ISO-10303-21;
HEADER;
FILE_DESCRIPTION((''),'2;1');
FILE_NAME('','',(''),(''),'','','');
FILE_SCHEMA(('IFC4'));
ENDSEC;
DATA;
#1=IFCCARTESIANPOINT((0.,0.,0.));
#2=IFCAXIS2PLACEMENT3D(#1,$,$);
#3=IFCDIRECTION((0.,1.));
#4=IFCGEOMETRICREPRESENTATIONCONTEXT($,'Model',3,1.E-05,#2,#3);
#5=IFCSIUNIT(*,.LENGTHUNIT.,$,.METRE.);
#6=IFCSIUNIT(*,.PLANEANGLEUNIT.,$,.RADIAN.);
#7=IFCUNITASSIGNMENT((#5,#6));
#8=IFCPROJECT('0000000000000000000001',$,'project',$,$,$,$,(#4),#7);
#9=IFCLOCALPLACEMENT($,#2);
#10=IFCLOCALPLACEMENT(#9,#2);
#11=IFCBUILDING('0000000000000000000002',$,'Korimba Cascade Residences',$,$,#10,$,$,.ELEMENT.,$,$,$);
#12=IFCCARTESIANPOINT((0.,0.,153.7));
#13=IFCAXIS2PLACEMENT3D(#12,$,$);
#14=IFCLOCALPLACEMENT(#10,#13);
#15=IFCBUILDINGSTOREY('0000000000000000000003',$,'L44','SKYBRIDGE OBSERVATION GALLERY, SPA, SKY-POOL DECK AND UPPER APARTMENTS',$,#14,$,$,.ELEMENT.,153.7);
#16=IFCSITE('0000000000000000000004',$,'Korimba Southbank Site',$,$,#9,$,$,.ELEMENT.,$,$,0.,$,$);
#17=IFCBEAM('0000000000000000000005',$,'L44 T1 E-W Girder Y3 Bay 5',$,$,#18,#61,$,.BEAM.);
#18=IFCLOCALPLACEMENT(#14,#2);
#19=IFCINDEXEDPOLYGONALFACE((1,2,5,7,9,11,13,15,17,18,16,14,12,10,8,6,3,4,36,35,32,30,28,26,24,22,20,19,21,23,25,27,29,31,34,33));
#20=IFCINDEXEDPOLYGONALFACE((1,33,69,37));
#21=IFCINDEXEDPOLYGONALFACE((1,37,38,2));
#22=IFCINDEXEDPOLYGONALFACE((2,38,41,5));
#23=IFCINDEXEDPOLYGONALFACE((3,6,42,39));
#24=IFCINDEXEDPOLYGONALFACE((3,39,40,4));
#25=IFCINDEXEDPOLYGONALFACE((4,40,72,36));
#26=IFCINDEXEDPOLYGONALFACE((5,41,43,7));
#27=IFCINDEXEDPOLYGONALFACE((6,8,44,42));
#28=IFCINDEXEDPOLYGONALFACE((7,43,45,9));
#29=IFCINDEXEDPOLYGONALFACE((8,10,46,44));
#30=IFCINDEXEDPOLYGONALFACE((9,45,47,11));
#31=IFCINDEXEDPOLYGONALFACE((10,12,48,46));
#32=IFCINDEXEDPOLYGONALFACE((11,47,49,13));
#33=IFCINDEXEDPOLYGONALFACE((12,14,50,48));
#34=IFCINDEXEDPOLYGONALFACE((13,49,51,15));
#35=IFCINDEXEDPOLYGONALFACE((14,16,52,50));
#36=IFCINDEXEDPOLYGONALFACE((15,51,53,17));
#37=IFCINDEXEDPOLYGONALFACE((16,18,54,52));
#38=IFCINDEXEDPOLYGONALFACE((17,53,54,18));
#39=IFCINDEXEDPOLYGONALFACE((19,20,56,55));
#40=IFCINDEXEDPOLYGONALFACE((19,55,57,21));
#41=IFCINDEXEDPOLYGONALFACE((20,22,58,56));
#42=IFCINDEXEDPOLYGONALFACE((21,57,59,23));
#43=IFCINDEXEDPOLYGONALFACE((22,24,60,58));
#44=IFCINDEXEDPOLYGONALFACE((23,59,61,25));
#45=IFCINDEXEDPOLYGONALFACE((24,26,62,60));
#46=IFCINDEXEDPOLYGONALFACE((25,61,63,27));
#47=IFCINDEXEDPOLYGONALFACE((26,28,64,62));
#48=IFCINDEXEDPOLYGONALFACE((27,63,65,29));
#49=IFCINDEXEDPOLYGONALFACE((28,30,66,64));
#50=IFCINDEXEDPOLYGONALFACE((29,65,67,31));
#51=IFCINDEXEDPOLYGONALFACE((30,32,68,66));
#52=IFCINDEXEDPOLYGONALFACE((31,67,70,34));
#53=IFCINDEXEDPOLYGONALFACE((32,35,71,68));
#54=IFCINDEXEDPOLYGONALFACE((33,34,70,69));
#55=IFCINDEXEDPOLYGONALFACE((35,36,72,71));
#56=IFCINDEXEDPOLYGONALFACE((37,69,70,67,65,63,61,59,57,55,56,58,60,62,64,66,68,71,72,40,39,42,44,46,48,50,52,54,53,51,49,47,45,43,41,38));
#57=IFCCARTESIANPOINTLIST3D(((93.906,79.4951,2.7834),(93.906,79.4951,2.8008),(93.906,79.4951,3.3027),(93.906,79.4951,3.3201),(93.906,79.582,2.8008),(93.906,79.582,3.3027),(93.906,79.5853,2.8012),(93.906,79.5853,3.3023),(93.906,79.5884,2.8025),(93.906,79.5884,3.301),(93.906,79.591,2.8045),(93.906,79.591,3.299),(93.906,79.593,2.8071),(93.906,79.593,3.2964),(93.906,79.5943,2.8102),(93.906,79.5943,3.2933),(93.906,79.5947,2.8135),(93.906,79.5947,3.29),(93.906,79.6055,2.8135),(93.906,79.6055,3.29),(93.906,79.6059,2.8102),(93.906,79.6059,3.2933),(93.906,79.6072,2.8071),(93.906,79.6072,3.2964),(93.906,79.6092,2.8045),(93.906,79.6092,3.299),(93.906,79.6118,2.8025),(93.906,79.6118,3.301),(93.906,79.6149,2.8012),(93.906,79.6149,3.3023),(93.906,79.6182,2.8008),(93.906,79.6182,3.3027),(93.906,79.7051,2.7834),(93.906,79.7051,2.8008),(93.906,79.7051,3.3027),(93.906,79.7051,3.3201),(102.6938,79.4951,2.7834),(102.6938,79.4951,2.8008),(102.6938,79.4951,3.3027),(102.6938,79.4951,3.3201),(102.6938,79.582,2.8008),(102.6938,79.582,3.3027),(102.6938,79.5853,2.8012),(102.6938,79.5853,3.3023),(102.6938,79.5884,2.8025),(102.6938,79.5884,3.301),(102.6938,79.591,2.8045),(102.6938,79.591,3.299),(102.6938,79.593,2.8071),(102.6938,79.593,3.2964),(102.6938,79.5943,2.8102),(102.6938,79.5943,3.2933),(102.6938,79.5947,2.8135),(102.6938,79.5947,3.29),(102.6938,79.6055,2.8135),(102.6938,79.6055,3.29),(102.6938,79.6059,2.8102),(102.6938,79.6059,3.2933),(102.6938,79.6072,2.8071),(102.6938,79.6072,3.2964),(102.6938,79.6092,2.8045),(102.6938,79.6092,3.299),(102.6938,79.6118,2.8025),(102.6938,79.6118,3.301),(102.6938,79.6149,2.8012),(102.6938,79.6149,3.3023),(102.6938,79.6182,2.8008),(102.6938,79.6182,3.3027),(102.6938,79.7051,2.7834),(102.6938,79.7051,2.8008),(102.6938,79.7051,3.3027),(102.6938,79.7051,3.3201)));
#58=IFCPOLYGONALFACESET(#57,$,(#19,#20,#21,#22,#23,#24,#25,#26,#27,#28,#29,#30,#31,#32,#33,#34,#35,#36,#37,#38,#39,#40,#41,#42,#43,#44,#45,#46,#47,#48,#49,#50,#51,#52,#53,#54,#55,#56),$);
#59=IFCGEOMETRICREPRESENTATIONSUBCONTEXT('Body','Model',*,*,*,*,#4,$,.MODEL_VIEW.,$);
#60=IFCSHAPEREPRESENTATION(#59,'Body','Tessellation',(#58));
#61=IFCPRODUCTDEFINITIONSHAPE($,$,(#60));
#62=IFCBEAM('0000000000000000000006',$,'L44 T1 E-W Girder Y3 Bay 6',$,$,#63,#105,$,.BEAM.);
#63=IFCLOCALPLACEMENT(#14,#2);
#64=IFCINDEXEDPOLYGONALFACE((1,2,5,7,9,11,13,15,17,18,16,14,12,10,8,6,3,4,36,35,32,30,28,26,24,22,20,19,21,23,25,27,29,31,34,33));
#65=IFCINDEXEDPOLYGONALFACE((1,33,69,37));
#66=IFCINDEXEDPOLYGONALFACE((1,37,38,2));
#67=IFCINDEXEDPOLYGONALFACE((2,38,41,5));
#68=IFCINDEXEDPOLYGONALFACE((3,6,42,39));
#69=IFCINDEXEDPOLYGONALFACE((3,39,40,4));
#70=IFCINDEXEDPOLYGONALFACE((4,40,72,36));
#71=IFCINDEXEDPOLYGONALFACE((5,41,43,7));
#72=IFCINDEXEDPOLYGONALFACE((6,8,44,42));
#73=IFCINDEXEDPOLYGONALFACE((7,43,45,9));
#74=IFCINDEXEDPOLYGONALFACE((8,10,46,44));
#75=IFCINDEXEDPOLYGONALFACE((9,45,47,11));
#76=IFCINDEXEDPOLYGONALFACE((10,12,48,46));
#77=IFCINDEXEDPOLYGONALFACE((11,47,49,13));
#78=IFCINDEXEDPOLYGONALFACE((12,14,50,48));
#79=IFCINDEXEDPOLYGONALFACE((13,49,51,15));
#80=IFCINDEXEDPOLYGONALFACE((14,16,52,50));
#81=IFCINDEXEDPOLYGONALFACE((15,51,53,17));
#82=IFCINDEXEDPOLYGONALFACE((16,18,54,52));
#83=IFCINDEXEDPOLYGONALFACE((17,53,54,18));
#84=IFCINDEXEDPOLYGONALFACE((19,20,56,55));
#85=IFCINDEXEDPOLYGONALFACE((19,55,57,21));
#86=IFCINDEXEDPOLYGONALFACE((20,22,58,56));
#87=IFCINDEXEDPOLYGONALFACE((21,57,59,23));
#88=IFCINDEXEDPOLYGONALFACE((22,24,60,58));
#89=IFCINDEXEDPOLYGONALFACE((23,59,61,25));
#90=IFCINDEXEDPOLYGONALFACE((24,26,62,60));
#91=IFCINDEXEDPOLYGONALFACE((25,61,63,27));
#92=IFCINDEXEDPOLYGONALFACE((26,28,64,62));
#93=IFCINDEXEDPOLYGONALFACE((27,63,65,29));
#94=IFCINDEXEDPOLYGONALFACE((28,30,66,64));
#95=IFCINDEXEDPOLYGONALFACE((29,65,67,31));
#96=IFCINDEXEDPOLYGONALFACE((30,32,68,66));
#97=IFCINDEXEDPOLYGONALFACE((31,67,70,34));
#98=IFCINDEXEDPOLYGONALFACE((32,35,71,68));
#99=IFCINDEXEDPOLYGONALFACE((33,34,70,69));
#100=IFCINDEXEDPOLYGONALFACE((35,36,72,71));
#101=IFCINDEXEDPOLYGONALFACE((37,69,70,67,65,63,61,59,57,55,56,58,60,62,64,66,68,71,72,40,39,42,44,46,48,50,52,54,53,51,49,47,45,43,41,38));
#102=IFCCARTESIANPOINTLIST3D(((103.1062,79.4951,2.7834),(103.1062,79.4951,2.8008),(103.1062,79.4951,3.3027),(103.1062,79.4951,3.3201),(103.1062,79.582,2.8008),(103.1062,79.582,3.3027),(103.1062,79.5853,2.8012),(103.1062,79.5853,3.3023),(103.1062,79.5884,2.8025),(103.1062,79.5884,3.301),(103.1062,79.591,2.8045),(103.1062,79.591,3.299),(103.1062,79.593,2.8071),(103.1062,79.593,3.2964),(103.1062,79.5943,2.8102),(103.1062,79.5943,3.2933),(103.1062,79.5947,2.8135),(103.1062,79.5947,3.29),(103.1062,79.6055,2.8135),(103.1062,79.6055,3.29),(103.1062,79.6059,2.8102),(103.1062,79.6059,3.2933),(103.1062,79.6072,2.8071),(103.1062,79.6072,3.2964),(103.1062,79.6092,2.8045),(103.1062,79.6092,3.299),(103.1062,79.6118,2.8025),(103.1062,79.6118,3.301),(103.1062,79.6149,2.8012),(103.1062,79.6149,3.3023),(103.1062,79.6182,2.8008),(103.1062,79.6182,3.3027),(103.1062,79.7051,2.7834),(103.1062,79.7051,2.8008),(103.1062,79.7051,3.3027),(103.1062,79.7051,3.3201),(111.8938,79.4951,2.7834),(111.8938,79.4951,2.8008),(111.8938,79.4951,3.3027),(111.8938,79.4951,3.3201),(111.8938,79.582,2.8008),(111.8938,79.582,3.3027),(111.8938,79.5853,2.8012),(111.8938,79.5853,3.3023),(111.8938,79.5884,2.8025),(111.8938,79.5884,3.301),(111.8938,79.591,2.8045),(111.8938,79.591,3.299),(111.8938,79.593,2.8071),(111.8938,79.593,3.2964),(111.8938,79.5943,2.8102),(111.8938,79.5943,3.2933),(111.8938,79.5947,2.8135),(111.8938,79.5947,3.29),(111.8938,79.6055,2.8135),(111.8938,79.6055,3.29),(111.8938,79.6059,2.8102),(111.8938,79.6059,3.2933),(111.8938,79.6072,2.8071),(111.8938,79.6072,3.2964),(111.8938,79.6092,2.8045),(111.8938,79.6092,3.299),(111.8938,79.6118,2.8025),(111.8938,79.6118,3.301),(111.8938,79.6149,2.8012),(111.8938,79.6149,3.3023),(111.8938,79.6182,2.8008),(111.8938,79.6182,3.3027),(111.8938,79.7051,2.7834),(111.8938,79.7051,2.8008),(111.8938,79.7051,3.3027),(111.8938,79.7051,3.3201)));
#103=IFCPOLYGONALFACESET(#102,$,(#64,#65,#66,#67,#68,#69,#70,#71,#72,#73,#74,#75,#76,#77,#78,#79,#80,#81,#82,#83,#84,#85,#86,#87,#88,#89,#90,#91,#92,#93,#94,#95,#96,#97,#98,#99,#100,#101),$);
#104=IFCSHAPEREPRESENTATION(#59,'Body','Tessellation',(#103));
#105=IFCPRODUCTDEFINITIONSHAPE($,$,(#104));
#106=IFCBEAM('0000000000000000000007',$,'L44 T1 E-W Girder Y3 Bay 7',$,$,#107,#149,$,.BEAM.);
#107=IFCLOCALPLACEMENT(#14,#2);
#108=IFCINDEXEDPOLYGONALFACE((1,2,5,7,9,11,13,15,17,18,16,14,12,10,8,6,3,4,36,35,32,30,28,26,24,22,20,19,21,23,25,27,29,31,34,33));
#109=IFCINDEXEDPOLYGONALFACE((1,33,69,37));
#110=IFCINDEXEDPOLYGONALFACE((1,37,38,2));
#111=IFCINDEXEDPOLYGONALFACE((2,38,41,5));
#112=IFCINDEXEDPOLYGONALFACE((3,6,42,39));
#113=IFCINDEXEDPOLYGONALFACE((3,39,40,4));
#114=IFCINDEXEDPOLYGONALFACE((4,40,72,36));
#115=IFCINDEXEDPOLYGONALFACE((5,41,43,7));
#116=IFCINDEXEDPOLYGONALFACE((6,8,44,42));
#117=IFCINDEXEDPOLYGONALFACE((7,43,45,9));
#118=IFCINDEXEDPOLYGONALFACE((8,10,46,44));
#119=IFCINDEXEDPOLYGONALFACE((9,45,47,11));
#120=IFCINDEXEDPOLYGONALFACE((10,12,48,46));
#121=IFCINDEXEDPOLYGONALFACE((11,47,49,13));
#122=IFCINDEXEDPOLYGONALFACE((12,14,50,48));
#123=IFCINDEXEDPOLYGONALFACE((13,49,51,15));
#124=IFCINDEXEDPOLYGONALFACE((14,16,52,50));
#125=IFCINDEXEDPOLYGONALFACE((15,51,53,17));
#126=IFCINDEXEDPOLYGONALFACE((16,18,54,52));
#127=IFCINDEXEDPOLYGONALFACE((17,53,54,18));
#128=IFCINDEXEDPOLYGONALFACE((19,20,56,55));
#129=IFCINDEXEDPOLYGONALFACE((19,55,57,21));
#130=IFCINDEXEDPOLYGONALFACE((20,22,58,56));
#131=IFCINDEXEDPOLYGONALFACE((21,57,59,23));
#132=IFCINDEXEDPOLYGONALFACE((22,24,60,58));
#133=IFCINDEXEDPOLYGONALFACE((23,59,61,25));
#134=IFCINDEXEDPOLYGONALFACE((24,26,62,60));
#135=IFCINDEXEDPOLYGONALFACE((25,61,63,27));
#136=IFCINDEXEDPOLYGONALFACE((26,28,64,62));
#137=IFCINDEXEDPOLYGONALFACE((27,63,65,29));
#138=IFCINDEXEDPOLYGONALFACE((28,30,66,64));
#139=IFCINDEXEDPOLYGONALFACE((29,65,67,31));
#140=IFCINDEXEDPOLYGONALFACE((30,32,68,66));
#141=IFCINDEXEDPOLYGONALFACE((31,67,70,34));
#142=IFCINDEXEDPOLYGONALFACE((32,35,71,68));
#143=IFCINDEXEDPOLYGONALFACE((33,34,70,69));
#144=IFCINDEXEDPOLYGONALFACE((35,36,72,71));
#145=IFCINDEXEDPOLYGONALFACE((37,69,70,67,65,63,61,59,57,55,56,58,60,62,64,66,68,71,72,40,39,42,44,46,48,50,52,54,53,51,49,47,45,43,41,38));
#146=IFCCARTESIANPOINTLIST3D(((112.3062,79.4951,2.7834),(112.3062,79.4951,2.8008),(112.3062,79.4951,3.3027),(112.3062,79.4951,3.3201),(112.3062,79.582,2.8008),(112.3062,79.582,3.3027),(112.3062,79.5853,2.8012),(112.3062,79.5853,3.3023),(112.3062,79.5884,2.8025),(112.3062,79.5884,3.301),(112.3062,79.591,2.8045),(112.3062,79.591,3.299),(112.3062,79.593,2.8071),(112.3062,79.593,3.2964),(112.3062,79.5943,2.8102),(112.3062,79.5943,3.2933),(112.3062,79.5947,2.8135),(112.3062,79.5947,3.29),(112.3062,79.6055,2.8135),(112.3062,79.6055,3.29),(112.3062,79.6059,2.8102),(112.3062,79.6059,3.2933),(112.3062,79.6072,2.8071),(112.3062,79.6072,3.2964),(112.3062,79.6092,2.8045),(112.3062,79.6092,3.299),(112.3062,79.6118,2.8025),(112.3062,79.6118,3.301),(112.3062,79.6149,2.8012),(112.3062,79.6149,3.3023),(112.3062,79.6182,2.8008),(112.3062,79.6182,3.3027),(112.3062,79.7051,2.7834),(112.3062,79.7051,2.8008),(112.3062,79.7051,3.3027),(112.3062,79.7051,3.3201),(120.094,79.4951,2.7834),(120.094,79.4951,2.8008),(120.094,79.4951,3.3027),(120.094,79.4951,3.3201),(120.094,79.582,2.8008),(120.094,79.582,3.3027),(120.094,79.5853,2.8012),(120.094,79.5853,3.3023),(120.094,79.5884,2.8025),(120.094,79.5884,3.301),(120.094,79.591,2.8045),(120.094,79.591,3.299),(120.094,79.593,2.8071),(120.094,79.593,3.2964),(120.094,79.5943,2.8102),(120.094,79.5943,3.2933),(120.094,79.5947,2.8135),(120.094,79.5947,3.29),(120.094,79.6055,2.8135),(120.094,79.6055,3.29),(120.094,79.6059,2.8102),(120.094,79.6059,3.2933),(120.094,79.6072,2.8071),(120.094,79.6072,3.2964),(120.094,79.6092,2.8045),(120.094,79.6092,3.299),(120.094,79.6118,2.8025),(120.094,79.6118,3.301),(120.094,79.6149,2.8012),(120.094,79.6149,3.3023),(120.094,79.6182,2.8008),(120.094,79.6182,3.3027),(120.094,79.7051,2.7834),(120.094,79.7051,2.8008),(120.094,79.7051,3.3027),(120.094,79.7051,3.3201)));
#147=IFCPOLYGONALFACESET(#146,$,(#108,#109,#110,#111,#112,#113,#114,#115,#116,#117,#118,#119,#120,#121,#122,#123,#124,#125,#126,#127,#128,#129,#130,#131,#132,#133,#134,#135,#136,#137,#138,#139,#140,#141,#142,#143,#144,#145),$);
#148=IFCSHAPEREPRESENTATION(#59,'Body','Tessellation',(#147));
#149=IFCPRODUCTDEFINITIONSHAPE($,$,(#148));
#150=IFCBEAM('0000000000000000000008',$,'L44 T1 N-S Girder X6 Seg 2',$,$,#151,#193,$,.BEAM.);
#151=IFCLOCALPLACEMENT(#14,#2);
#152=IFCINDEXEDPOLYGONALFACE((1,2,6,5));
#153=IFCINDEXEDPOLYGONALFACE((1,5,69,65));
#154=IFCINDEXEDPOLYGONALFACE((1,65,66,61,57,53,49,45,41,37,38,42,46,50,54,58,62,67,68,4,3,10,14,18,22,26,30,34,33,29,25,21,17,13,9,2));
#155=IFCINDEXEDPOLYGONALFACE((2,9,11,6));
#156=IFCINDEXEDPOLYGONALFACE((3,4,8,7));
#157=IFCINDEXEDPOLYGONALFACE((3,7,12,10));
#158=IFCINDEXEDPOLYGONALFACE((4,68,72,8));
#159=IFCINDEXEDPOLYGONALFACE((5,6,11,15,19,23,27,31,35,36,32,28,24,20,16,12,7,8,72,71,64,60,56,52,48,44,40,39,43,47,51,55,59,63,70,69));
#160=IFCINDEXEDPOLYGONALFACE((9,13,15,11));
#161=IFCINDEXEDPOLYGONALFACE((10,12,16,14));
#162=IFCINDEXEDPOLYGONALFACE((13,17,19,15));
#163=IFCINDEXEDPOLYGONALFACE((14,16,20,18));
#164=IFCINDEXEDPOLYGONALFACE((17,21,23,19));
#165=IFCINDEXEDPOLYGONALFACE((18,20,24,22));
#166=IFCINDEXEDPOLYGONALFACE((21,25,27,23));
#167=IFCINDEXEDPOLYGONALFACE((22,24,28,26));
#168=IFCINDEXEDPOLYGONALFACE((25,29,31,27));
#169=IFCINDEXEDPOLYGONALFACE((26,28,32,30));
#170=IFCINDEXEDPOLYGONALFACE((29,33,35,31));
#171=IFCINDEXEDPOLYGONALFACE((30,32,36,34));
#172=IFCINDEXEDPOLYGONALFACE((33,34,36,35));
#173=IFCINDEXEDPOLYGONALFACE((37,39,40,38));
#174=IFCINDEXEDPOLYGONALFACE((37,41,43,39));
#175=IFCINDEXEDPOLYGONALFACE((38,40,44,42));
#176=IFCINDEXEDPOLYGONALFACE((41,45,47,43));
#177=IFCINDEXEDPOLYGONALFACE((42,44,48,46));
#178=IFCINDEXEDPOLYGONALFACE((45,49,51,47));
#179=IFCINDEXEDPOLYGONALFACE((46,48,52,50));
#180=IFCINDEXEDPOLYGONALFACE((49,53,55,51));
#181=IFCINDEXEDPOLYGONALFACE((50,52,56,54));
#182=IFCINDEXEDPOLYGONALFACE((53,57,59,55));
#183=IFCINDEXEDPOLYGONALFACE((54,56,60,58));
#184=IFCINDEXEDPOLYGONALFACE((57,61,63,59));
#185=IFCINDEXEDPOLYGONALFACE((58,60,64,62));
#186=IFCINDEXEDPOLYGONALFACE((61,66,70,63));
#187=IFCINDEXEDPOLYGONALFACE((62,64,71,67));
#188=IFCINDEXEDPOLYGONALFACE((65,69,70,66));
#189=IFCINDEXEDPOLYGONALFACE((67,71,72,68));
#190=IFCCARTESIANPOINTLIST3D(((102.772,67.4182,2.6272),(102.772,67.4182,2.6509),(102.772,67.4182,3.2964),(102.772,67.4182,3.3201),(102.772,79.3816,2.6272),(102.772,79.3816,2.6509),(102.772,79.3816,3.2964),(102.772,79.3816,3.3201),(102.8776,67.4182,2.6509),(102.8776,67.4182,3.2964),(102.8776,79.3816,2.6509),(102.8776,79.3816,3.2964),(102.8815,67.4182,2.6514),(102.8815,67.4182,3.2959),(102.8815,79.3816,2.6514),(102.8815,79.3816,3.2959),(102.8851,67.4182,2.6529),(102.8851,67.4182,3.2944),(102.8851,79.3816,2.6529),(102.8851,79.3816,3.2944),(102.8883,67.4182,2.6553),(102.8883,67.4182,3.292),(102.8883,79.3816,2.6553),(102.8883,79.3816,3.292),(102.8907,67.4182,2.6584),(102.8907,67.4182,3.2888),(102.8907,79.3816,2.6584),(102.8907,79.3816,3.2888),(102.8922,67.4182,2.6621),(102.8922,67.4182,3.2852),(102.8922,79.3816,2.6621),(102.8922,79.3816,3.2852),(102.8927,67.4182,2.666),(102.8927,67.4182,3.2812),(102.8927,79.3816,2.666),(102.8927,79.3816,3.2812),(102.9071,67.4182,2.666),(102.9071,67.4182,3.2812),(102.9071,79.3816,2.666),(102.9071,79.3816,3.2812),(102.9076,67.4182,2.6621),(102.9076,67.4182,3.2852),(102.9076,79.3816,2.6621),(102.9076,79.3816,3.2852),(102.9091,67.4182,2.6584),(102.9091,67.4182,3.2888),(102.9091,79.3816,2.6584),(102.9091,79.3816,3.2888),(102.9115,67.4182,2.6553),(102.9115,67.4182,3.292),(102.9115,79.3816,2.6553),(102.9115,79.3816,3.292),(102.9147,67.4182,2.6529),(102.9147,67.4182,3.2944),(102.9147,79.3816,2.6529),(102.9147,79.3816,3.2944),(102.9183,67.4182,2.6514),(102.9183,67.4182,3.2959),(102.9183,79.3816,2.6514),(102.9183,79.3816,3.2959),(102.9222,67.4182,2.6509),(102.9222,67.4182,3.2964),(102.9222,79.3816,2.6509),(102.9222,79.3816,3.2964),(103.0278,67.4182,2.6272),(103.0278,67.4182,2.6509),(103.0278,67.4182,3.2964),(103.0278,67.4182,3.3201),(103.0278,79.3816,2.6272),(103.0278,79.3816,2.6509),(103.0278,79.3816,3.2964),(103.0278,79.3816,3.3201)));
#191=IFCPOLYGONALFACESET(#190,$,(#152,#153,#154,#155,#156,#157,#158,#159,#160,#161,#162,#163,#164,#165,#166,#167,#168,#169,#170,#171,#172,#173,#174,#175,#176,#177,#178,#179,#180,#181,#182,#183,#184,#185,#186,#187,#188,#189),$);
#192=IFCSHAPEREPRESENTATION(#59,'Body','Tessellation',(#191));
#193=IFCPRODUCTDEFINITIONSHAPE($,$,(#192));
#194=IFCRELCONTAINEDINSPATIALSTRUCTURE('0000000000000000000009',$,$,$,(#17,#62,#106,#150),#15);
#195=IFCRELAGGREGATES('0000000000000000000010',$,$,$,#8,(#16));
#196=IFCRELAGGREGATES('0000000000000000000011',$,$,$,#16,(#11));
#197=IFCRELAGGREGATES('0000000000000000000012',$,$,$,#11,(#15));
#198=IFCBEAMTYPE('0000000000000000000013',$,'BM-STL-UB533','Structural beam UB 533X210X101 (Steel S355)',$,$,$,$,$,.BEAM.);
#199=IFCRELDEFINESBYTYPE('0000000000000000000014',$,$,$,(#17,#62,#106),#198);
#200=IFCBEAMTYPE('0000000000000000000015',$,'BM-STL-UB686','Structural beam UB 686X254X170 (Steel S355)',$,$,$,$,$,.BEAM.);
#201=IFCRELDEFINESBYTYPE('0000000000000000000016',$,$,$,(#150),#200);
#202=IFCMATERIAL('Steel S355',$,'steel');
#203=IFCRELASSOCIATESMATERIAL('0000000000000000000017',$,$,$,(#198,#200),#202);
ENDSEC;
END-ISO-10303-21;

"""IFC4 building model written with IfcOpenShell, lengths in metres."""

from ifc_helpers import new_model, si_unit, direction, frame, origin, origin_2d, place, context, subcontext, project, spatial, i_section, extrude, material, material_profile, profile_set, type_object, element, save


model = new_model("IFC4")

# Units and contexts
model_context = context("Model", 3, precision=1e-05, world=origin(), true_north=direction((0.0, 1.0)))
body_context = subcontext(model_context, "Body", "Model", "MODEL_VIEW")
ifc_project = project(units=[si_unit("LENGTHUNIT", "METRE"), si_unit("PLANEANGLEUNIT", "RADIAN")], contexts=[model_context])

# Site, building, storey
site_placement = place(None, origin())
site = spatial("IfcSite", under=ifc_project, at=site_placement, Name="Korimba Southbank Site", CompositionType="ELEMENT", RefElevation=0.0)
building_placement = place(site_placement, origin())
building = spatial("IfcBuilding", under=site, at=building_placement, Name="Korimba Cascade Residences", CompositionType="ELEMENT")
storey_placement = place(building_placement, frame((0.0, 0.0, 153.7)))
storey = spatial("IfcBuildingStorey", under=building, at=storey_placement, Name="L44", Description="SKYBRIDGE OBSERVATION GALLERY, SPA, SKY-POOL DECK AND UPPER APARTMENTS", CompositionType="ELEMENT", Elevation=153.7)

# Beams
ifc_material_1 = material(Name="Steel S355", Category="steel")
ifc_material_profile_1 = material_profile(ifc_material_1, i_section(OverallWidth=0.21, OverallDepth=0.5366, WebThickness=0.0107, FlangeThickness=0.0173, FilletRadius=0.0127, at=origin_2d()), Name="Steel S355")
ifc_profile_set_1 = profile_set([ifc_material_profile_1], Name="Steel S355")
beam_type_1 = type_object("IfcBeamType", Name="BM-STL-UB533", Description="Structural beam UB 533X210X101 (Steel S355)", PredefinedType="BEAM", material=ifc_profile_set_1)
beam_1_placement = place(storey_placement, frame((93.906, 79.6001, 3.0518), z_axis=(1.0, 0.0, 0.0), x_axis=(0.0, 1.0, 0.0)))
element("IfcBeam", 1, at=beam_1_placement, inside=storey, type_object=beam_type_1, Name="L44 T1 E-W Girder Y3 Bay 5", PredefinedType="BEAM", context=body_context, shape_type="SweptSolid", body=[
    extrude(i_section(OverallWidth=0.21, OverallDepth=0.5366, WebThickness=0.0107, FlangeThickness=0.0173, FilletRadius=0.0127, at=origin_2d()), origin(), (0.0, 0.0, 1.0), 8.7878),
])
beam_2_placement = place(storey_placement, frame((103.1062, 79.6001, 3.0518), z_axis=(1.0, 0.0, 0.0), x_axis=(0.0, 1.0, 0.0)))
element("IfcBeam", 2, at=beam_2_placement, inside=storey, type_object=beam_type_1, Name="L44 T1 E-W Girder Y3 Bay 6", PredefinedType="BEAM", context=body_context, shape_type="SweptSolid", body=[
    extrude(i_section(OverallWidth=0.21, OverallDepth=0.5366, WebThickness=0.0107, FlangeThickness=0.0173, FilletRadius=0.0127, at=origin_2d()), origin(), (0.0, 0.0, 1.0), 8.7876),
])
beam_3_placement = place(storey_placement, frame((112.3062, 79.6001, 3.0518), z_axis=(1.0, 0.0, 0.0), x_axis=(0.0, 1.0, 0.0)))
element("IfcBeam", 3, at=beam_3_placement, inside=storey, type_object=beam_type_1, Name="L44 T1 E-W Girder Y3 Bay 7", PredefinedType="BEAM", context=body_context, shape_type="SweptSolid", body=[
    extrude(i_section(OverallWidth=0.21, OverallDepth=0.5366, WebThickness=0.0107, FlangeThickness=0.0173, FilletRadius=0.0127, at=origin_2d()), origin(), (0.0, 0.0, 1.0), 7.7878),
])
ifc_material_profile_2 = material_profile(ifc_material_1, i_section(OverallWidth=0.2559, OverallDepth=0.6929, WebThickness=0.0144, FlangeThickness=0.0237, FilletRadius=0.0151, at=origin_2d()), Name="Steel S355")
ifc_profile_set_2 = profile_set([ifc_material_profile_2], Name="Steel S355")
beam_type_2 = type_object("IfcBeamType", Name="BM-STL-UB686", Description="Structural beam UB 686X254X170 (Steel S355)", PredefinedType="BEAM", material=ifc_profile_set_2)
for number, where, z_axis, x_axis, name in (
    (4, (102.8999, 67.4182, 2.9736), (0.0, 1.0, 0.0), (-1.0, 0.0, 0.0), "L44 T1 N-S Girder X6 Seg 2"),
):
    element("IfcBeam", number, at=place(storey_placement, frame(where, z_axis=z_axis, x_axis=x_axis)), inside=storey, type_object=beam_type_2, Name=name, PredefinedType="BEAM", context=body_context, shape_type="SweptSolid", body=[
        extrude(i_section(OverallWidth=0.2559, OverallDepth=0.6929, WebThickness=0.0144, FlangeThickness=0.0237, FilletRadius=0.0151, at=origin_2d()), origin(), (0.0, 0.0, 1.0), 11.9634),
    ])

save(model, "model.ifc")
